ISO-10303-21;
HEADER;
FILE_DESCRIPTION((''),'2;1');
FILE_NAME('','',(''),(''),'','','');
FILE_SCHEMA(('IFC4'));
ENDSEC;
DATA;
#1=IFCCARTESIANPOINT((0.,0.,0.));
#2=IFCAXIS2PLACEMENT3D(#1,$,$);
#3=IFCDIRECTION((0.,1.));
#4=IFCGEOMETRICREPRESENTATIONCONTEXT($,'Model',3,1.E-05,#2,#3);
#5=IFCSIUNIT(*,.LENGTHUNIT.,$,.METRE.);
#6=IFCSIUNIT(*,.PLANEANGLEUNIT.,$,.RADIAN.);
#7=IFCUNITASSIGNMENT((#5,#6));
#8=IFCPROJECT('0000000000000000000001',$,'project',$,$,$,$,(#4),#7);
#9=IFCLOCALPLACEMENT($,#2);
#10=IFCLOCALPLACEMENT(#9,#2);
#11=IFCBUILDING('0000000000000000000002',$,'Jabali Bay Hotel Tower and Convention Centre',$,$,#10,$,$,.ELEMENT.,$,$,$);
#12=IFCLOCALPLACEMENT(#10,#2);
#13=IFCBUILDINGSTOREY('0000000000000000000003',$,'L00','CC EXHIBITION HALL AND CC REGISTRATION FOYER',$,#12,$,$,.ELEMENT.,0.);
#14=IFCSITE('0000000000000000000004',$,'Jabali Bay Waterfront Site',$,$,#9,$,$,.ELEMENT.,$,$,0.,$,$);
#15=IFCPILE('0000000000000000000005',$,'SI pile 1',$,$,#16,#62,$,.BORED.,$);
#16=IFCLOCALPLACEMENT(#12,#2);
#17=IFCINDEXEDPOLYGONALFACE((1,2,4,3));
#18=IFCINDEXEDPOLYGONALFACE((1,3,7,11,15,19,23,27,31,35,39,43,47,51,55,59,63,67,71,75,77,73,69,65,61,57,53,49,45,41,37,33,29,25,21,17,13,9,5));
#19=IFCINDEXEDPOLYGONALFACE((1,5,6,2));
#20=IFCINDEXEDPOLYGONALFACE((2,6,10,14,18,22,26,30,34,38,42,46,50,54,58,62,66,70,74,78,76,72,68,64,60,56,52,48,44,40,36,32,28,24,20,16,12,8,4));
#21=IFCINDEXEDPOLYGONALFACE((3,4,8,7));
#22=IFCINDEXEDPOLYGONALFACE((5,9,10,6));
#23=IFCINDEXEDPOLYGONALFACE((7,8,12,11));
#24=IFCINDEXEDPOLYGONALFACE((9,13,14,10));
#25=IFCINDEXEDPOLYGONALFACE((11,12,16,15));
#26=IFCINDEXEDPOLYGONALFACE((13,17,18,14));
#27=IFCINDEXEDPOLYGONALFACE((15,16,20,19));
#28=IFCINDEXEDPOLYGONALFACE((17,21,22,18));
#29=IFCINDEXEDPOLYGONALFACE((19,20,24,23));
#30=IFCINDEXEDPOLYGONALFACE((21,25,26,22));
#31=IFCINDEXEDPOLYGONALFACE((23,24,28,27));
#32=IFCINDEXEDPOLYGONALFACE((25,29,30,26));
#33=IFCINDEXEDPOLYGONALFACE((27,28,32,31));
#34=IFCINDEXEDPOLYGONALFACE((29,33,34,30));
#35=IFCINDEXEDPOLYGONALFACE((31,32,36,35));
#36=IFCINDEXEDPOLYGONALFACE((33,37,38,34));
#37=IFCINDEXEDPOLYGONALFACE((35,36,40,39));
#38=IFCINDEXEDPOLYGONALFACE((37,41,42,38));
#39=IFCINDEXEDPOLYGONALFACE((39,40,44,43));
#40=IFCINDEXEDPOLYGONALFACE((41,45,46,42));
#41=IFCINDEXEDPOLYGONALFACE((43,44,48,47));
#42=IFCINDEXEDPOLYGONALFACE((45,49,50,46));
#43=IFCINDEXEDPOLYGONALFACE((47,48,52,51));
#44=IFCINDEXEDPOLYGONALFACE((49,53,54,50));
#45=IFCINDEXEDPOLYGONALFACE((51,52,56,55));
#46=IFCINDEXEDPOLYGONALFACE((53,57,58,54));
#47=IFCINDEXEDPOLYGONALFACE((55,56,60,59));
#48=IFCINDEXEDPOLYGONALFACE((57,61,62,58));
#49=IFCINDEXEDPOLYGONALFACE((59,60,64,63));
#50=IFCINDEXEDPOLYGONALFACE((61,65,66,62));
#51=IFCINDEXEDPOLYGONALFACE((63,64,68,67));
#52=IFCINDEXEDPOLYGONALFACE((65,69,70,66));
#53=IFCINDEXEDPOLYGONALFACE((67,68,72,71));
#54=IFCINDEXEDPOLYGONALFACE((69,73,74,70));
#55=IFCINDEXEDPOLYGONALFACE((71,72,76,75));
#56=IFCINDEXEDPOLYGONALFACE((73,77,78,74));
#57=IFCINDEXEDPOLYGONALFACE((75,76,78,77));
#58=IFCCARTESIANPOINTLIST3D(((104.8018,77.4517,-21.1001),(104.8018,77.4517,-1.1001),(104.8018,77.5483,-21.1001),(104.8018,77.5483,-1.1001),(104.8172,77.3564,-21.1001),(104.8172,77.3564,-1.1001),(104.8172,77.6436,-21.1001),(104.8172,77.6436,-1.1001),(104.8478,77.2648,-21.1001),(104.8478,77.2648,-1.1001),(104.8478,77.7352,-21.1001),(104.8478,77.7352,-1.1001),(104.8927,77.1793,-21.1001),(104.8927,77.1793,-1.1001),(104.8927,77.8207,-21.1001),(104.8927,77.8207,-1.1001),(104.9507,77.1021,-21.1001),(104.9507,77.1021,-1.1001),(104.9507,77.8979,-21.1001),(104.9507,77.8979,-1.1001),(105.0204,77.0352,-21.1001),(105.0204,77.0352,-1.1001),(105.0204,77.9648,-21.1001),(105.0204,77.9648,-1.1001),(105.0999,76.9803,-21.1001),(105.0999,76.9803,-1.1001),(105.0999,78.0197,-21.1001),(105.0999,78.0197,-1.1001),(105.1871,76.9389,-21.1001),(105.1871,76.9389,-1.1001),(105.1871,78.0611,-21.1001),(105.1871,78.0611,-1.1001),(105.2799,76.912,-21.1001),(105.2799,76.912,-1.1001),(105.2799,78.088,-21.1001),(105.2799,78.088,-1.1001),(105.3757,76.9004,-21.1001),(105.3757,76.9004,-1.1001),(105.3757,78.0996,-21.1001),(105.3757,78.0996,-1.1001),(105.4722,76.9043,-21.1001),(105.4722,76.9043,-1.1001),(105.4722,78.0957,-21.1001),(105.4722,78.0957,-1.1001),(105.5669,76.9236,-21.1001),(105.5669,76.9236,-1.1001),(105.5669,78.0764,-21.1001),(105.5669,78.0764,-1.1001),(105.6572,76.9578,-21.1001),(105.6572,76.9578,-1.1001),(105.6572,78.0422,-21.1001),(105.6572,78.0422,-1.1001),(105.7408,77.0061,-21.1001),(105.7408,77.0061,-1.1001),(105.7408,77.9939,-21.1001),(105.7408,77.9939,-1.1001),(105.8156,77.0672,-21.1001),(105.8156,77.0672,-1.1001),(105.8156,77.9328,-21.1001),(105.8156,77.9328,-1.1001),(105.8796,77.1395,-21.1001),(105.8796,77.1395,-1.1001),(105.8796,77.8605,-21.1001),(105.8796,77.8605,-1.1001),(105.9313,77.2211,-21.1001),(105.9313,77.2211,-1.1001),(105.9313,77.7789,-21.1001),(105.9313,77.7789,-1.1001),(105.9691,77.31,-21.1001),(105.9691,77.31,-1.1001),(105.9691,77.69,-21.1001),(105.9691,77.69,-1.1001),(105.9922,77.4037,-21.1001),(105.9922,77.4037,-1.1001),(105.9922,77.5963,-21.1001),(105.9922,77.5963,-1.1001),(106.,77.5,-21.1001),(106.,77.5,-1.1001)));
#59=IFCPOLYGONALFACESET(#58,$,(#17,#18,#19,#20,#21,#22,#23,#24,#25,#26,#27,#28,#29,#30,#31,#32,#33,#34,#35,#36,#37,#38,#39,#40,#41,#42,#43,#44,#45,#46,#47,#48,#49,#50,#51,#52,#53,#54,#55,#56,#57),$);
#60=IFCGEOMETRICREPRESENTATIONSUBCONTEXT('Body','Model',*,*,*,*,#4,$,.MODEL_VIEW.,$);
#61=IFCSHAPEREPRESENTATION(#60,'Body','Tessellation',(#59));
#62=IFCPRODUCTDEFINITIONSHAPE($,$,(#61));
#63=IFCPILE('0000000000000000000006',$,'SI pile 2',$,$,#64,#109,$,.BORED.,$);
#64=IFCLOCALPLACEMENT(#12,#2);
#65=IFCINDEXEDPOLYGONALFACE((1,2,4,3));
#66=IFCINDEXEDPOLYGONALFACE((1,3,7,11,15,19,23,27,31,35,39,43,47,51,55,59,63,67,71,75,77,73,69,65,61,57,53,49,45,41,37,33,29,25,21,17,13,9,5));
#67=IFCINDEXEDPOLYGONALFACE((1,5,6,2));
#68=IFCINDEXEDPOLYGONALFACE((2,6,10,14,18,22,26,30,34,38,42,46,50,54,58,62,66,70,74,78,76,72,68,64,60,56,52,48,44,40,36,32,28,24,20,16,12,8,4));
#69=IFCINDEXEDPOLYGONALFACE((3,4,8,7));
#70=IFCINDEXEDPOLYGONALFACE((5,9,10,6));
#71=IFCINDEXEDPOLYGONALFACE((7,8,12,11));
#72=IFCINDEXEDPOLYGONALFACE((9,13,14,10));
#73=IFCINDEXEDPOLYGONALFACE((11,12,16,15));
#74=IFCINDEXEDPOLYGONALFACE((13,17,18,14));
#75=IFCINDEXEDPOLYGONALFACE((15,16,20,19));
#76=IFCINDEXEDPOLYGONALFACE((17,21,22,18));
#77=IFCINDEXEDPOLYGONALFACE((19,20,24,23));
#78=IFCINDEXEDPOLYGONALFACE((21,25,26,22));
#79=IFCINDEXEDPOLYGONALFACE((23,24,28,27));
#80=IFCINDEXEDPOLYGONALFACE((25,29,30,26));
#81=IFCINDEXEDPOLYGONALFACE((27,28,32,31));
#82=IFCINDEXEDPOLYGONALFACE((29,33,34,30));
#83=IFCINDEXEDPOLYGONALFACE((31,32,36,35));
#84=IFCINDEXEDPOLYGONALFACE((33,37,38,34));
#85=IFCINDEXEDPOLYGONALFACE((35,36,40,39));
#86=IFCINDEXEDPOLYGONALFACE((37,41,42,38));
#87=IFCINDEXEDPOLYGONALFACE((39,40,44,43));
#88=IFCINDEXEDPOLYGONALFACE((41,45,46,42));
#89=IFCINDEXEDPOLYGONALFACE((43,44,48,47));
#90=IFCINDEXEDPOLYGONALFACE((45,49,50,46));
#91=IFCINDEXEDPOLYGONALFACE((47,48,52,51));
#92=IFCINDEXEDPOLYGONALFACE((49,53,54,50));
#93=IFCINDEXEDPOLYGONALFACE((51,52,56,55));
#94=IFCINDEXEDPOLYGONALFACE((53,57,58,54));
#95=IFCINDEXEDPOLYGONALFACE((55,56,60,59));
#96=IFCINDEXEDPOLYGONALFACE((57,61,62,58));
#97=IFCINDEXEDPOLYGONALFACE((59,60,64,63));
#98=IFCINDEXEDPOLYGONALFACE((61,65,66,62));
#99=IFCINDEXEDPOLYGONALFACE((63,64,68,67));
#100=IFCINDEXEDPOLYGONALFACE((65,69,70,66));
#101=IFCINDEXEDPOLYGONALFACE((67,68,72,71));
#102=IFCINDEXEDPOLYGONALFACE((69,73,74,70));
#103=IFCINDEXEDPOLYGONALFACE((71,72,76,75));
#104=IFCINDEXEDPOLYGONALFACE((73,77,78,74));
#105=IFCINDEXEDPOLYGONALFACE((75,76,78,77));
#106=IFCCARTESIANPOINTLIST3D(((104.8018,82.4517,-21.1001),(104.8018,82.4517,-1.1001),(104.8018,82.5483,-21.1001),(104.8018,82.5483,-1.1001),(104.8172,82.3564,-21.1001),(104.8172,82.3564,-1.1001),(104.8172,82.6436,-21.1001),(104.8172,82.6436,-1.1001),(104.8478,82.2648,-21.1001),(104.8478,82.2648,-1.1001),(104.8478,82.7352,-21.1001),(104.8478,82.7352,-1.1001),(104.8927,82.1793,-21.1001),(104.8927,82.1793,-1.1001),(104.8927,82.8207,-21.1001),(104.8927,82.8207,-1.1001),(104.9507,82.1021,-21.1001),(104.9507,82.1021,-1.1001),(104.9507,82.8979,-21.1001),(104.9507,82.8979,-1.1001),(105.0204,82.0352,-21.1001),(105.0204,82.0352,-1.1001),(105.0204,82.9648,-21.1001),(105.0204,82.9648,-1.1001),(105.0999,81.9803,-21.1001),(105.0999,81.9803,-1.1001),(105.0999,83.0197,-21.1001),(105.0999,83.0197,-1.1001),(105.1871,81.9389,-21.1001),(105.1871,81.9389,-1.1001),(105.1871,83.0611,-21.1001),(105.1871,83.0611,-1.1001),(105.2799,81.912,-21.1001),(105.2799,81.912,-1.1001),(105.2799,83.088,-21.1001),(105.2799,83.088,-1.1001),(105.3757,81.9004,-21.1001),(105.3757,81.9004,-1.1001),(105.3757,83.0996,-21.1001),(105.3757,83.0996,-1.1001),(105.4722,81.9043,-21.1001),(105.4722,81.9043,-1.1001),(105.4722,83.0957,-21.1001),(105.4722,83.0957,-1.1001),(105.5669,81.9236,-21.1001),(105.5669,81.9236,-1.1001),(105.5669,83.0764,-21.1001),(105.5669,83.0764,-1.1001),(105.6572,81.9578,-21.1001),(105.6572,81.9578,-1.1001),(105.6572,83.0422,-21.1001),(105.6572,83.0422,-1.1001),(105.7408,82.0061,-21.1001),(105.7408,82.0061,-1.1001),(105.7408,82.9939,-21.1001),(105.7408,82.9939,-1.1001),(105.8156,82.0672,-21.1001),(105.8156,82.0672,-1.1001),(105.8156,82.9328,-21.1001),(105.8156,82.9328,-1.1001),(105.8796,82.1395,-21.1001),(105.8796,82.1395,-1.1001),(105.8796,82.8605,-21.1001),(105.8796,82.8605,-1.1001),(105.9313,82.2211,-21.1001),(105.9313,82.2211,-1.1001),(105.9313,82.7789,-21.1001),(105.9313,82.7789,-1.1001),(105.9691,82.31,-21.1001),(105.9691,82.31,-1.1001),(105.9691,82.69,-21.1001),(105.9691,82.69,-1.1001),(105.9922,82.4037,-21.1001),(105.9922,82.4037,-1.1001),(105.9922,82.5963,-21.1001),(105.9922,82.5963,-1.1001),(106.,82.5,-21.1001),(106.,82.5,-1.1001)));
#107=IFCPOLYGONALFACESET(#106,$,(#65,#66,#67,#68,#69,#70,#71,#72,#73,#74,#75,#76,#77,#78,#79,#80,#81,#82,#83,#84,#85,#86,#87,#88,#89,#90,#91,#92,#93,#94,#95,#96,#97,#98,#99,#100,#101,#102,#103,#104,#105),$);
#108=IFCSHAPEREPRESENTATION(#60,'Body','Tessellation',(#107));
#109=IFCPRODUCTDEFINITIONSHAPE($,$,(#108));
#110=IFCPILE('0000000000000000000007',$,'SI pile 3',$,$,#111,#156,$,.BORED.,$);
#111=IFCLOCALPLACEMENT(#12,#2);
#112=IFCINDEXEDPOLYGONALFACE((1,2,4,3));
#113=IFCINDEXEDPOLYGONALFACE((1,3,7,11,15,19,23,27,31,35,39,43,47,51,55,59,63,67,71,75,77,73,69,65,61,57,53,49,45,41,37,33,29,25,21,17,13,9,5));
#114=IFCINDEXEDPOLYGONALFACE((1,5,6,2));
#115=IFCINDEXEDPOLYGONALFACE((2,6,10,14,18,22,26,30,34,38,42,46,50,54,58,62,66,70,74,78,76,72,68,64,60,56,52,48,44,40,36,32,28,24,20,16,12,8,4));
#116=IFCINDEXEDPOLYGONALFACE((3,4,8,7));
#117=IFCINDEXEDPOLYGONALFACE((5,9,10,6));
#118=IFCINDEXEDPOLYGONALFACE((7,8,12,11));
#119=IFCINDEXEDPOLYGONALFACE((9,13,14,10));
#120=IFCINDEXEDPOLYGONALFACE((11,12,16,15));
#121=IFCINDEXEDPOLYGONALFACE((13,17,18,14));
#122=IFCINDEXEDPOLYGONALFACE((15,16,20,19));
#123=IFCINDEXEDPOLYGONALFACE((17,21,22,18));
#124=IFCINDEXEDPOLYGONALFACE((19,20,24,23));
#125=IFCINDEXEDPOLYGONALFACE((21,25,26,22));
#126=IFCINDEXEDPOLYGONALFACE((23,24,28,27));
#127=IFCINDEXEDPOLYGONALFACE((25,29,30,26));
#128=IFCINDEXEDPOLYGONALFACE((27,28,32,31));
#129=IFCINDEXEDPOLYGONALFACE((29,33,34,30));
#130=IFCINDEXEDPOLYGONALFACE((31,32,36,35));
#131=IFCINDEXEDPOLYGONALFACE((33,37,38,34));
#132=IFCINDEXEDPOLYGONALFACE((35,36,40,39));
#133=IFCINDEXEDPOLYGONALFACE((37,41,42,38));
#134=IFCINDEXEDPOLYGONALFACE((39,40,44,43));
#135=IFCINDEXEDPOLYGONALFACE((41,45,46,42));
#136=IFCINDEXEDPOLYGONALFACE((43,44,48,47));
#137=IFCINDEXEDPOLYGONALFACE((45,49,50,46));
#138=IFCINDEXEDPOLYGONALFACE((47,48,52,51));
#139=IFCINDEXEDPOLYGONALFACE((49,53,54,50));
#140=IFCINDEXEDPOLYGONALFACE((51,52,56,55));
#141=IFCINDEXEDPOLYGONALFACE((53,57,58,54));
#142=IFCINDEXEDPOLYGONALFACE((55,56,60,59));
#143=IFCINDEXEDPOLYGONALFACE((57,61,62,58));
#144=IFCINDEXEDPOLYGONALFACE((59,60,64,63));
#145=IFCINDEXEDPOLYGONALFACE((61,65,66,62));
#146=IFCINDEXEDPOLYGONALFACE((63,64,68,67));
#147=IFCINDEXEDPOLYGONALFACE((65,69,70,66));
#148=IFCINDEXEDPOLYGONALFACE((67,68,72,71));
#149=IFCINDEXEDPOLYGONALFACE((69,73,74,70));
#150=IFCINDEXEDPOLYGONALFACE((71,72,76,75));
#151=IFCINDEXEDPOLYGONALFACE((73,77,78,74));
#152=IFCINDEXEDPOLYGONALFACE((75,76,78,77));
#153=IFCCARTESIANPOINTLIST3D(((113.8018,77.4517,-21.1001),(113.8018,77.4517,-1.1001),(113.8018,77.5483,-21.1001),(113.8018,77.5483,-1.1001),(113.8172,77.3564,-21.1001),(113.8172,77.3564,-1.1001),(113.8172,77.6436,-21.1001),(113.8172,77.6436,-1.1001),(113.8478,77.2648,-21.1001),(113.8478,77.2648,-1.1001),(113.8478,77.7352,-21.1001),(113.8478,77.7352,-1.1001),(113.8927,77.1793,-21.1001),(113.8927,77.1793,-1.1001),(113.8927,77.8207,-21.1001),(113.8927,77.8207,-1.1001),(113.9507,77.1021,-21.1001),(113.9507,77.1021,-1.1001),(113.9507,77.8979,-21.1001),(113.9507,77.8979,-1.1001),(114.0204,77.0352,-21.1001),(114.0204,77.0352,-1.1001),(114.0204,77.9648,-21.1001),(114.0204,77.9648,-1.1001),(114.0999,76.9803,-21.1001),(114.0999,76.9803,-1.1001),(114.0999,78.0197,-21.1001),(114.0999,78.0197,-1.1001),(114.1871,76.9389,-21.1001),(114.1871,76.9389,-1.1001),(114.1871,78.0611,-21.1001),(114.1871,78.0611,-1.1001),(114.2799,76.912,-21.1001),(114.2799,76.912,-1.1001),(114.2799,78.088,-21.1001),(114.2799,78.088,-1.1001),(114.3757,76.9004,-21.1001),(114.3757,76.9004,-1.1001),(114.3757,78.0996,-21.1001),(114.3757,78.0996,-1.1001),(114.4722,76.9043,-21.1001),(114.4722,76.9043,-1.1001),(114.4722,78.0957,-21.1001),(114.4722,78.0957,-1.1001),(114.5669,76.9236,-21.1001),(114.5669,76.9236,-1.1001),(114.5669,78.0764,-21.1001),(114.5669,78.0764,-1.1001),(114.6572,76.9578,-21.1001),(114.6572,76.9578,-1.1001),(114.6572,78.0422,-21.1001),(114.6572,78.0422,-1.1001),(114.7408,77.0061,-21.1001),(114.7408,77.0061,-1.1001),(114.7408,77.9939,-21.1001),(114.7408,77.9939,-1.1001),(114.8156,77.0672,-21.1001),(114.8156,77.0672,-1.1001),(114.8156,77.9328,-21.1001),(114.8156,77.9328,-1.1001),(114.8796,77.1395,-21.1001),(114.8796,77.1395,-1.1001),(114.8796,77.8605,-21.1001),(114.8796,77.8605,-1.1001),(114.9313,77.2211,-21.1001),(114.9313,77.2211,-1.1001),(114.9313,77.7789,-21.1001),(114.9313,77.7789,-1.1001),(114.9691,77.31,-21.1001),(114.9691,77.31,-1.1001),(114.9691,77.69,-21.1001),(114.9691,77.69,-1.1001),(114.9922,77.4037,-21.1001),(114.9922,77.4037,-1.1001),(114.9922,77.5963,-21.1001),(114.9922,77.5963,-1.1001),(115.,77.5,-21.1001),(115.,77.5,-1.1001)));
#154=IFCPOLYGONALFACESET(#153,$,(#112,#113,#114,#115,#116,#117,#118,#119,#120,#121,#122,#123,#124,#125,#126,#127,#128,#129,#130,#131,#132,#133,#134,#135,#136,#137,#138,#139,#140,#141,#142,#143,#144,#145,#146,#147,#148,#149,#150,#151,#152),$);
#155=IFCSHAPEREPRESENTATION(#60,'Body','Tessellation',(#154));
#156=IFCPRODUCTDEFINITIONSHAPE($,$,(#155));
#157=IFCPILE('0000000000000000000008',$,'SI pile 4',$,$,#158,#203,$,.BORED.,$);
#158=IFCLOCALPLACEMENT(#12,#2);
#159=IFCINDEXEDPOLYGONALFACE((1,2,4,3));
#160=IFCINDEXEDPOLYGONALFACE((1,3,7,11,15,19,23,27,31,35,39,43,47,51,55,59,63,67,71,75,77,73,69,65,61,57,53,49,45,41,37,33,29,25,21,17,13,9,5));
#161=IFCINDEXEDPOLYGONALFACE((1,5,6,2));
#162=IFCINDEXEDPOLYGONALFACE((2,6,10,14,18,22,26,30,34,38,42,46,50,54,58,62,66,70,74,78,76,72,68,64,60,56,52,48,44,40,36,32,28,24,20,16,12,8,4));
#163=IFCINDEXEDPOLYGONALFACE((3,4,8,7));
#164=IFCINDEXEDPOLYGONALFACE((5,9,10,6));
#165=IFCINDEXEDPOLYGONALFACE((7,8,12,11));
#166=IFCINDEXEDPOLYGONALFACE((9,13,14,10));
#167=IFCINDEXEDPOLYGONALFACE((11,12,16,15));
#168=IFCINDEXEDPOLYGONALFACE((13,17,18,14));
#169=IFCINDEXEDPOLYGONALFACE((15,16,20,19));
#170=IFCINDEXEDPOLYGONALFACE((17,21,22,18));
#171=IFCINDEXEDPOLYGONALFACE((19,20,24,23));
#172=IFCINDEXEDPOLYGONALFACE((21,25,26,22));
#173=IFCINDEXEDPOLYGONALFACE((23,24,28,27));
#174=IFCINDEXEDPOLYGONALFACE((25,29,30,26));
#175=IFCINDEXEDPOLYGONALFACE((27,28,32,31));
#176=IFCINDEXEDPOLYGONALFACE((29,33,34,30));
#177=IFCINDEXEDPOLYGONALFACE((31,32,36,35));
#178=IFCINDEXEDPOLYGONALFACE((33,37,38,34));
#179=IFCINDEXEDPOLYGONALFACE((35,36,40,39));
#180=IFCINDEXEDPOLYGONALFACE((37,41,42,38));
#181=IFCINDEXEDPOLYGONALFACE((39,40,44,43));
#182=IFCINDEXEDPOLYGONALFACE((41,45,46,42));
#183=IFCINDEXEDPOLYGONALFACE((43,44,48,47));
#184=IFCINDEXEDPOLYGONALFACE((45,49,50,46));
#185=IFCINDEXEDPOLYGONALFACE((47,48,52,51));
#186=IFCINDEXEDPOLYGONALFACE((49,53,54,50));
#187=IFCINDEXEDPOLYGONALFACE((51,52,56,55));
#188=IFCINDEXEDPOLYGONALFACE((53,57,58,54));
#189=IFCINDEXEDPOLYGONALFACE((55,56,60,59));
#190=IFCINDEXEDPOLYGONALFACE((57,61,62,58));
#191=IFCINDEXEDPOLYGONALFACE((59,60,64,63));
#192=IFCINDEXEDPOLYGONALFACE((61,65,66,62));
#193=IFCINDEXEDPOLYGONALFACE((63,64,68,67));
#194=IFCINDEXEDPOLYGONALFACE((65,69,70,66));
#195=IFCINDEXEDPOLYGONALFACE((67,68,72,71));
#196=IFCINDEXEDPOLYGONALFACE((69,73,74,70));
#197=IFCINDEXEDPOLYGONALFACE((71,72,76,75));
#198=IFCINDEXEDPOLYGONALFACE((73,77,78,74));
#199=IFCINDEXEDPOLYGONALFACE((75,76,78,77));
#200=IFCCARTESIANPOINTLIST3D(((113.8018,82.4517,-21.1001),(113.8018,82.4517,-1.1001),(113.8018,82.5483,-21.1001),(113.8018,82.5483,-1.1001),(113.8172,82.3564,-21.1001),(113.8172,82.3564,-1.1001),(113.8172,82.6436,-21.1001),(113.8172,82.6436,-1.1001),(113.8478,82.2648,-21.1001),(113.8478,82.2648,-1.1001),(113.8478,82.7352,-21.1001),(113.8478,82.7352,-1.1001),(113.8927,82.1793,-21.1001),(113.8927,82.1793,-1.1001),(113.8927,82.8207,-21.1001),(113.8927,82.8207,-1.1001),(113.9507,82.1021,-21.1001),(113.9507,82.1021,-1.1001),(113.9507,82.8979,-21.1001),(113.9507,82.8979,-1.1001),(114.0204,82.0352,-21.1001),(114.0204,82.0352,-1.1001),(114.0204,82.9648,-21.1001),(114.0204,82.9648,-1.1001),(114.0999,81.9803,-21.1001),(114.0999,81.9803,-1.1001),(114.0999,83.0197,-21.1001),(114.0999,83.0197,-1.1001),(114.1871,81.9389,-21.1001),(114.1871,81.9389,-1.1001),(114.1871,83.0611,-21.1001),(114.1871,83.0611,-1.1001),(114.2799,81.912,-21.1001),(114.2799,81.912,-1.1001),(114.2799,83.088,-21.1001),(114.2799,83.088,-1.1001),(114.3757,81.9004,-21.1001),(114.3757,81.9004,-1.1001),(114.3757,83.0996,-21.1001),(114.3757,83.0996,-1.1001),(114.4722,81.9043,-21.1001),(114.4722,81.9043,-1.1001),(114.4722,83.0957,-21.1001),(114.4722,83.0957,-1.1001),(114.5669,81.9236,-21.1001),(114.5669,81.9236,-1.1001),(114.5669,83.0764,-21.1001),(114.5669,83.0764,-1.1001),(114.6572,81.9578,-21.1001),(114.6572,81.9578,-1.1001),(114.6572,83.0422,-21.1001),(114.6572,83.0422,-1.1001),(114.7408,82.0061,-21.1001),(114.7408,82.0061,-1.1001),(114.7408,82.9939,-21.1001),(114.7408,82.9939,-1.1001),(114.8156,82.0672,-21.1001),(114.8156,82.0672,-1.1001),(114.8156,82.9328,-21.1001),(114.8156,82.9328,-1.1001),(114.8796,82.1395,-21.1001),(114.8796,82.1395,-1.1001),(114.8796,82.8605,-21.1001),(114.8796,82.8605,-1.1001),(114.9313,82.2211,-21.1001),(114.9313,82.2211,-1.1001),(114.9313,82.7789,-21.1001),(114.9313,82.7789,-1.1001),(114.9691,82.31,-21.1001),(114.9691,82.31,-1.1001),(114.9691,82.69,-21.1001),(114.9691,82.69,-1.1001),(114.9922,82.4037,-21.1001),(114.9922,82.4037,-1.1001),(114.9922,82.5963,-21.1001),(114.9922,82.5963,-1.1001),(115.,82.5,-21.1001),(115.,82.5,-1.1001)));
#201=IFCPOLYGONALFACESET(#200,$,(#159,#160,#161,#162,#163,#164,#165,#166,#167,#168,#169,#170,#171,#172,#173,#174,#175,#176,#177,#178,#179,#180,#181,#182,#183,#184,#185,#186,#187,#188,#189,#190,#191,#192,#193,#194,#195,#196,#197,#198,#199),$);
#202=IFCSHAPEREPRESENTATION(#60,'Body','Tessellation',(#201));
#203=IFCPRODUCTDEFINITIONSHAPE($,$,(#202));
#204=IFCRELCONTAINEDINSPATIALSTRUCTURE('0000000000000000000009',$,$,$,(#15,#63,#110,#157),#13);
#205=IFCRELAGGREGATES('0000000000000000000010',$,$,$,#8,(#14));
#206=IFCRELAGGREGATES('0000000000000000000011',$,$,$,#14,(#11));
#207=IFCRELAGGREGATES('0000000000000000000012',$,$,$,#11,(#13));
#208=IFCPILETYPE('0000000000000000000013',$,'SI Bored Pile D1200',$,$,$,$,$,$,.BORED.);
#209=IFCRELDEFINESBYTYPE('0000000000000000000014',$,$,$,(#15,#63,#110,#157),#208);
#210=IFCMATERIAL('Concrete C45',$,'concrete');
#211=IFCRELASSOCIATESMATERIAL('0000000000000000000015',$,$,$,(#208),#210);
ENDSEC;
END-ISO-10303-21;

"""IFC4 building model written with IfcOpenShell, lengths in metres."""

from ifc_helpers import new_model, si_unit, direction, frame, origin, origin_2d, place, context, subcontext, project, spatial, circle, extrude, material, material_profile, profile_set, type_object, element, save


model = new_model("IFC4")

# Units and contexts
model_context = context("Model", 3, precision=1e-05, world=origin(), true_north=direction((0.0, 1.0)))
body_context = subcontext(model_context, "Body", "Model", "MODEL_VIEW")
ifc_project = project(units=[si_unit("LENGTHUNIT", "METRE"), si_unit("PLANEANGLEUNIT", "RADIAN")], contexts=[model_context])

# Site, building, storey
site_placement = place(None, origin())
site = spatial("IfcSite", under=ifc_project, at=site_placement, Name="Jabali Bay Waterfront Site", CompositionType="ELEMENT", RefElevation=0.0)
building_placement = place(site_placement, origin())
building = spatial("IfcBuilding", under=site, at=building_placement, Name="Jabali Bay Hotel Tower and Convention Centre", CompositionType="ELEMENT")
storey_placement = place(building_placement, origin())
storey = spatial("IfcBuildingStorey", under=building, at=storey_placement, Name="L00", Description="CC EXHIBITION HALL AND CC REGISTRATION FOYER", CompositionType="ELEMENT", Elevation=0.0)

# Piles
ifc_material_1 = material(Name="Concrete C45", Category="concrete")
ifc_material_profile_1 = material_profile(ifc_material_1, circle(Radius=0.6001, at=origin_2d()), Name="D1200")
ifc_profile_set_1 = profile_set([ifc_material_profile_1], Name="Concrete C45")
pile_type = type_object("IfcPileType", Name="SI Bored Pile D1200", PredefinedType="BORED", material=ifc_profile_set_1)
for number, where, z_axis, x_axis, name in (
    (1, (105.3999, 77.5, -1.1001), (0.0, 0.0, -1.0), (1.0, 0.0, 0.0), "SI pile 1"),
    (2, (105.3999, 82.5, -1.1001), (0.0, 0.0, -1.0), (1.0, 0.0, 0.0), "SI pile 2"),
    (3, (114.3999, 77.5, -1.1001), (0.0, 0.0, -1.0), (1.0, 0.0, 0.0), "SI pile 3"),
    (4, (114.3999, 82.5, -1.1001), (0.0, 0.0, -1.0), (1.0, 0.0, 0.0), "SI pile 4"),
):
    element("IfcPile", number, at=place(storey_placement, frame(where, z_axis=z_axis, x_axis=x_axis)), inside=storey, type_object=pile_type, Name=name, PredefinedType="BORED", context=body_context, shape_type="SweptSolid", body=[
        extrude(circle(Radius=0.6001, at=origin_2d()), origin(), (0.0, 0.0, 1.0), 20.0),
    ])

save(model, "model.ifc")
